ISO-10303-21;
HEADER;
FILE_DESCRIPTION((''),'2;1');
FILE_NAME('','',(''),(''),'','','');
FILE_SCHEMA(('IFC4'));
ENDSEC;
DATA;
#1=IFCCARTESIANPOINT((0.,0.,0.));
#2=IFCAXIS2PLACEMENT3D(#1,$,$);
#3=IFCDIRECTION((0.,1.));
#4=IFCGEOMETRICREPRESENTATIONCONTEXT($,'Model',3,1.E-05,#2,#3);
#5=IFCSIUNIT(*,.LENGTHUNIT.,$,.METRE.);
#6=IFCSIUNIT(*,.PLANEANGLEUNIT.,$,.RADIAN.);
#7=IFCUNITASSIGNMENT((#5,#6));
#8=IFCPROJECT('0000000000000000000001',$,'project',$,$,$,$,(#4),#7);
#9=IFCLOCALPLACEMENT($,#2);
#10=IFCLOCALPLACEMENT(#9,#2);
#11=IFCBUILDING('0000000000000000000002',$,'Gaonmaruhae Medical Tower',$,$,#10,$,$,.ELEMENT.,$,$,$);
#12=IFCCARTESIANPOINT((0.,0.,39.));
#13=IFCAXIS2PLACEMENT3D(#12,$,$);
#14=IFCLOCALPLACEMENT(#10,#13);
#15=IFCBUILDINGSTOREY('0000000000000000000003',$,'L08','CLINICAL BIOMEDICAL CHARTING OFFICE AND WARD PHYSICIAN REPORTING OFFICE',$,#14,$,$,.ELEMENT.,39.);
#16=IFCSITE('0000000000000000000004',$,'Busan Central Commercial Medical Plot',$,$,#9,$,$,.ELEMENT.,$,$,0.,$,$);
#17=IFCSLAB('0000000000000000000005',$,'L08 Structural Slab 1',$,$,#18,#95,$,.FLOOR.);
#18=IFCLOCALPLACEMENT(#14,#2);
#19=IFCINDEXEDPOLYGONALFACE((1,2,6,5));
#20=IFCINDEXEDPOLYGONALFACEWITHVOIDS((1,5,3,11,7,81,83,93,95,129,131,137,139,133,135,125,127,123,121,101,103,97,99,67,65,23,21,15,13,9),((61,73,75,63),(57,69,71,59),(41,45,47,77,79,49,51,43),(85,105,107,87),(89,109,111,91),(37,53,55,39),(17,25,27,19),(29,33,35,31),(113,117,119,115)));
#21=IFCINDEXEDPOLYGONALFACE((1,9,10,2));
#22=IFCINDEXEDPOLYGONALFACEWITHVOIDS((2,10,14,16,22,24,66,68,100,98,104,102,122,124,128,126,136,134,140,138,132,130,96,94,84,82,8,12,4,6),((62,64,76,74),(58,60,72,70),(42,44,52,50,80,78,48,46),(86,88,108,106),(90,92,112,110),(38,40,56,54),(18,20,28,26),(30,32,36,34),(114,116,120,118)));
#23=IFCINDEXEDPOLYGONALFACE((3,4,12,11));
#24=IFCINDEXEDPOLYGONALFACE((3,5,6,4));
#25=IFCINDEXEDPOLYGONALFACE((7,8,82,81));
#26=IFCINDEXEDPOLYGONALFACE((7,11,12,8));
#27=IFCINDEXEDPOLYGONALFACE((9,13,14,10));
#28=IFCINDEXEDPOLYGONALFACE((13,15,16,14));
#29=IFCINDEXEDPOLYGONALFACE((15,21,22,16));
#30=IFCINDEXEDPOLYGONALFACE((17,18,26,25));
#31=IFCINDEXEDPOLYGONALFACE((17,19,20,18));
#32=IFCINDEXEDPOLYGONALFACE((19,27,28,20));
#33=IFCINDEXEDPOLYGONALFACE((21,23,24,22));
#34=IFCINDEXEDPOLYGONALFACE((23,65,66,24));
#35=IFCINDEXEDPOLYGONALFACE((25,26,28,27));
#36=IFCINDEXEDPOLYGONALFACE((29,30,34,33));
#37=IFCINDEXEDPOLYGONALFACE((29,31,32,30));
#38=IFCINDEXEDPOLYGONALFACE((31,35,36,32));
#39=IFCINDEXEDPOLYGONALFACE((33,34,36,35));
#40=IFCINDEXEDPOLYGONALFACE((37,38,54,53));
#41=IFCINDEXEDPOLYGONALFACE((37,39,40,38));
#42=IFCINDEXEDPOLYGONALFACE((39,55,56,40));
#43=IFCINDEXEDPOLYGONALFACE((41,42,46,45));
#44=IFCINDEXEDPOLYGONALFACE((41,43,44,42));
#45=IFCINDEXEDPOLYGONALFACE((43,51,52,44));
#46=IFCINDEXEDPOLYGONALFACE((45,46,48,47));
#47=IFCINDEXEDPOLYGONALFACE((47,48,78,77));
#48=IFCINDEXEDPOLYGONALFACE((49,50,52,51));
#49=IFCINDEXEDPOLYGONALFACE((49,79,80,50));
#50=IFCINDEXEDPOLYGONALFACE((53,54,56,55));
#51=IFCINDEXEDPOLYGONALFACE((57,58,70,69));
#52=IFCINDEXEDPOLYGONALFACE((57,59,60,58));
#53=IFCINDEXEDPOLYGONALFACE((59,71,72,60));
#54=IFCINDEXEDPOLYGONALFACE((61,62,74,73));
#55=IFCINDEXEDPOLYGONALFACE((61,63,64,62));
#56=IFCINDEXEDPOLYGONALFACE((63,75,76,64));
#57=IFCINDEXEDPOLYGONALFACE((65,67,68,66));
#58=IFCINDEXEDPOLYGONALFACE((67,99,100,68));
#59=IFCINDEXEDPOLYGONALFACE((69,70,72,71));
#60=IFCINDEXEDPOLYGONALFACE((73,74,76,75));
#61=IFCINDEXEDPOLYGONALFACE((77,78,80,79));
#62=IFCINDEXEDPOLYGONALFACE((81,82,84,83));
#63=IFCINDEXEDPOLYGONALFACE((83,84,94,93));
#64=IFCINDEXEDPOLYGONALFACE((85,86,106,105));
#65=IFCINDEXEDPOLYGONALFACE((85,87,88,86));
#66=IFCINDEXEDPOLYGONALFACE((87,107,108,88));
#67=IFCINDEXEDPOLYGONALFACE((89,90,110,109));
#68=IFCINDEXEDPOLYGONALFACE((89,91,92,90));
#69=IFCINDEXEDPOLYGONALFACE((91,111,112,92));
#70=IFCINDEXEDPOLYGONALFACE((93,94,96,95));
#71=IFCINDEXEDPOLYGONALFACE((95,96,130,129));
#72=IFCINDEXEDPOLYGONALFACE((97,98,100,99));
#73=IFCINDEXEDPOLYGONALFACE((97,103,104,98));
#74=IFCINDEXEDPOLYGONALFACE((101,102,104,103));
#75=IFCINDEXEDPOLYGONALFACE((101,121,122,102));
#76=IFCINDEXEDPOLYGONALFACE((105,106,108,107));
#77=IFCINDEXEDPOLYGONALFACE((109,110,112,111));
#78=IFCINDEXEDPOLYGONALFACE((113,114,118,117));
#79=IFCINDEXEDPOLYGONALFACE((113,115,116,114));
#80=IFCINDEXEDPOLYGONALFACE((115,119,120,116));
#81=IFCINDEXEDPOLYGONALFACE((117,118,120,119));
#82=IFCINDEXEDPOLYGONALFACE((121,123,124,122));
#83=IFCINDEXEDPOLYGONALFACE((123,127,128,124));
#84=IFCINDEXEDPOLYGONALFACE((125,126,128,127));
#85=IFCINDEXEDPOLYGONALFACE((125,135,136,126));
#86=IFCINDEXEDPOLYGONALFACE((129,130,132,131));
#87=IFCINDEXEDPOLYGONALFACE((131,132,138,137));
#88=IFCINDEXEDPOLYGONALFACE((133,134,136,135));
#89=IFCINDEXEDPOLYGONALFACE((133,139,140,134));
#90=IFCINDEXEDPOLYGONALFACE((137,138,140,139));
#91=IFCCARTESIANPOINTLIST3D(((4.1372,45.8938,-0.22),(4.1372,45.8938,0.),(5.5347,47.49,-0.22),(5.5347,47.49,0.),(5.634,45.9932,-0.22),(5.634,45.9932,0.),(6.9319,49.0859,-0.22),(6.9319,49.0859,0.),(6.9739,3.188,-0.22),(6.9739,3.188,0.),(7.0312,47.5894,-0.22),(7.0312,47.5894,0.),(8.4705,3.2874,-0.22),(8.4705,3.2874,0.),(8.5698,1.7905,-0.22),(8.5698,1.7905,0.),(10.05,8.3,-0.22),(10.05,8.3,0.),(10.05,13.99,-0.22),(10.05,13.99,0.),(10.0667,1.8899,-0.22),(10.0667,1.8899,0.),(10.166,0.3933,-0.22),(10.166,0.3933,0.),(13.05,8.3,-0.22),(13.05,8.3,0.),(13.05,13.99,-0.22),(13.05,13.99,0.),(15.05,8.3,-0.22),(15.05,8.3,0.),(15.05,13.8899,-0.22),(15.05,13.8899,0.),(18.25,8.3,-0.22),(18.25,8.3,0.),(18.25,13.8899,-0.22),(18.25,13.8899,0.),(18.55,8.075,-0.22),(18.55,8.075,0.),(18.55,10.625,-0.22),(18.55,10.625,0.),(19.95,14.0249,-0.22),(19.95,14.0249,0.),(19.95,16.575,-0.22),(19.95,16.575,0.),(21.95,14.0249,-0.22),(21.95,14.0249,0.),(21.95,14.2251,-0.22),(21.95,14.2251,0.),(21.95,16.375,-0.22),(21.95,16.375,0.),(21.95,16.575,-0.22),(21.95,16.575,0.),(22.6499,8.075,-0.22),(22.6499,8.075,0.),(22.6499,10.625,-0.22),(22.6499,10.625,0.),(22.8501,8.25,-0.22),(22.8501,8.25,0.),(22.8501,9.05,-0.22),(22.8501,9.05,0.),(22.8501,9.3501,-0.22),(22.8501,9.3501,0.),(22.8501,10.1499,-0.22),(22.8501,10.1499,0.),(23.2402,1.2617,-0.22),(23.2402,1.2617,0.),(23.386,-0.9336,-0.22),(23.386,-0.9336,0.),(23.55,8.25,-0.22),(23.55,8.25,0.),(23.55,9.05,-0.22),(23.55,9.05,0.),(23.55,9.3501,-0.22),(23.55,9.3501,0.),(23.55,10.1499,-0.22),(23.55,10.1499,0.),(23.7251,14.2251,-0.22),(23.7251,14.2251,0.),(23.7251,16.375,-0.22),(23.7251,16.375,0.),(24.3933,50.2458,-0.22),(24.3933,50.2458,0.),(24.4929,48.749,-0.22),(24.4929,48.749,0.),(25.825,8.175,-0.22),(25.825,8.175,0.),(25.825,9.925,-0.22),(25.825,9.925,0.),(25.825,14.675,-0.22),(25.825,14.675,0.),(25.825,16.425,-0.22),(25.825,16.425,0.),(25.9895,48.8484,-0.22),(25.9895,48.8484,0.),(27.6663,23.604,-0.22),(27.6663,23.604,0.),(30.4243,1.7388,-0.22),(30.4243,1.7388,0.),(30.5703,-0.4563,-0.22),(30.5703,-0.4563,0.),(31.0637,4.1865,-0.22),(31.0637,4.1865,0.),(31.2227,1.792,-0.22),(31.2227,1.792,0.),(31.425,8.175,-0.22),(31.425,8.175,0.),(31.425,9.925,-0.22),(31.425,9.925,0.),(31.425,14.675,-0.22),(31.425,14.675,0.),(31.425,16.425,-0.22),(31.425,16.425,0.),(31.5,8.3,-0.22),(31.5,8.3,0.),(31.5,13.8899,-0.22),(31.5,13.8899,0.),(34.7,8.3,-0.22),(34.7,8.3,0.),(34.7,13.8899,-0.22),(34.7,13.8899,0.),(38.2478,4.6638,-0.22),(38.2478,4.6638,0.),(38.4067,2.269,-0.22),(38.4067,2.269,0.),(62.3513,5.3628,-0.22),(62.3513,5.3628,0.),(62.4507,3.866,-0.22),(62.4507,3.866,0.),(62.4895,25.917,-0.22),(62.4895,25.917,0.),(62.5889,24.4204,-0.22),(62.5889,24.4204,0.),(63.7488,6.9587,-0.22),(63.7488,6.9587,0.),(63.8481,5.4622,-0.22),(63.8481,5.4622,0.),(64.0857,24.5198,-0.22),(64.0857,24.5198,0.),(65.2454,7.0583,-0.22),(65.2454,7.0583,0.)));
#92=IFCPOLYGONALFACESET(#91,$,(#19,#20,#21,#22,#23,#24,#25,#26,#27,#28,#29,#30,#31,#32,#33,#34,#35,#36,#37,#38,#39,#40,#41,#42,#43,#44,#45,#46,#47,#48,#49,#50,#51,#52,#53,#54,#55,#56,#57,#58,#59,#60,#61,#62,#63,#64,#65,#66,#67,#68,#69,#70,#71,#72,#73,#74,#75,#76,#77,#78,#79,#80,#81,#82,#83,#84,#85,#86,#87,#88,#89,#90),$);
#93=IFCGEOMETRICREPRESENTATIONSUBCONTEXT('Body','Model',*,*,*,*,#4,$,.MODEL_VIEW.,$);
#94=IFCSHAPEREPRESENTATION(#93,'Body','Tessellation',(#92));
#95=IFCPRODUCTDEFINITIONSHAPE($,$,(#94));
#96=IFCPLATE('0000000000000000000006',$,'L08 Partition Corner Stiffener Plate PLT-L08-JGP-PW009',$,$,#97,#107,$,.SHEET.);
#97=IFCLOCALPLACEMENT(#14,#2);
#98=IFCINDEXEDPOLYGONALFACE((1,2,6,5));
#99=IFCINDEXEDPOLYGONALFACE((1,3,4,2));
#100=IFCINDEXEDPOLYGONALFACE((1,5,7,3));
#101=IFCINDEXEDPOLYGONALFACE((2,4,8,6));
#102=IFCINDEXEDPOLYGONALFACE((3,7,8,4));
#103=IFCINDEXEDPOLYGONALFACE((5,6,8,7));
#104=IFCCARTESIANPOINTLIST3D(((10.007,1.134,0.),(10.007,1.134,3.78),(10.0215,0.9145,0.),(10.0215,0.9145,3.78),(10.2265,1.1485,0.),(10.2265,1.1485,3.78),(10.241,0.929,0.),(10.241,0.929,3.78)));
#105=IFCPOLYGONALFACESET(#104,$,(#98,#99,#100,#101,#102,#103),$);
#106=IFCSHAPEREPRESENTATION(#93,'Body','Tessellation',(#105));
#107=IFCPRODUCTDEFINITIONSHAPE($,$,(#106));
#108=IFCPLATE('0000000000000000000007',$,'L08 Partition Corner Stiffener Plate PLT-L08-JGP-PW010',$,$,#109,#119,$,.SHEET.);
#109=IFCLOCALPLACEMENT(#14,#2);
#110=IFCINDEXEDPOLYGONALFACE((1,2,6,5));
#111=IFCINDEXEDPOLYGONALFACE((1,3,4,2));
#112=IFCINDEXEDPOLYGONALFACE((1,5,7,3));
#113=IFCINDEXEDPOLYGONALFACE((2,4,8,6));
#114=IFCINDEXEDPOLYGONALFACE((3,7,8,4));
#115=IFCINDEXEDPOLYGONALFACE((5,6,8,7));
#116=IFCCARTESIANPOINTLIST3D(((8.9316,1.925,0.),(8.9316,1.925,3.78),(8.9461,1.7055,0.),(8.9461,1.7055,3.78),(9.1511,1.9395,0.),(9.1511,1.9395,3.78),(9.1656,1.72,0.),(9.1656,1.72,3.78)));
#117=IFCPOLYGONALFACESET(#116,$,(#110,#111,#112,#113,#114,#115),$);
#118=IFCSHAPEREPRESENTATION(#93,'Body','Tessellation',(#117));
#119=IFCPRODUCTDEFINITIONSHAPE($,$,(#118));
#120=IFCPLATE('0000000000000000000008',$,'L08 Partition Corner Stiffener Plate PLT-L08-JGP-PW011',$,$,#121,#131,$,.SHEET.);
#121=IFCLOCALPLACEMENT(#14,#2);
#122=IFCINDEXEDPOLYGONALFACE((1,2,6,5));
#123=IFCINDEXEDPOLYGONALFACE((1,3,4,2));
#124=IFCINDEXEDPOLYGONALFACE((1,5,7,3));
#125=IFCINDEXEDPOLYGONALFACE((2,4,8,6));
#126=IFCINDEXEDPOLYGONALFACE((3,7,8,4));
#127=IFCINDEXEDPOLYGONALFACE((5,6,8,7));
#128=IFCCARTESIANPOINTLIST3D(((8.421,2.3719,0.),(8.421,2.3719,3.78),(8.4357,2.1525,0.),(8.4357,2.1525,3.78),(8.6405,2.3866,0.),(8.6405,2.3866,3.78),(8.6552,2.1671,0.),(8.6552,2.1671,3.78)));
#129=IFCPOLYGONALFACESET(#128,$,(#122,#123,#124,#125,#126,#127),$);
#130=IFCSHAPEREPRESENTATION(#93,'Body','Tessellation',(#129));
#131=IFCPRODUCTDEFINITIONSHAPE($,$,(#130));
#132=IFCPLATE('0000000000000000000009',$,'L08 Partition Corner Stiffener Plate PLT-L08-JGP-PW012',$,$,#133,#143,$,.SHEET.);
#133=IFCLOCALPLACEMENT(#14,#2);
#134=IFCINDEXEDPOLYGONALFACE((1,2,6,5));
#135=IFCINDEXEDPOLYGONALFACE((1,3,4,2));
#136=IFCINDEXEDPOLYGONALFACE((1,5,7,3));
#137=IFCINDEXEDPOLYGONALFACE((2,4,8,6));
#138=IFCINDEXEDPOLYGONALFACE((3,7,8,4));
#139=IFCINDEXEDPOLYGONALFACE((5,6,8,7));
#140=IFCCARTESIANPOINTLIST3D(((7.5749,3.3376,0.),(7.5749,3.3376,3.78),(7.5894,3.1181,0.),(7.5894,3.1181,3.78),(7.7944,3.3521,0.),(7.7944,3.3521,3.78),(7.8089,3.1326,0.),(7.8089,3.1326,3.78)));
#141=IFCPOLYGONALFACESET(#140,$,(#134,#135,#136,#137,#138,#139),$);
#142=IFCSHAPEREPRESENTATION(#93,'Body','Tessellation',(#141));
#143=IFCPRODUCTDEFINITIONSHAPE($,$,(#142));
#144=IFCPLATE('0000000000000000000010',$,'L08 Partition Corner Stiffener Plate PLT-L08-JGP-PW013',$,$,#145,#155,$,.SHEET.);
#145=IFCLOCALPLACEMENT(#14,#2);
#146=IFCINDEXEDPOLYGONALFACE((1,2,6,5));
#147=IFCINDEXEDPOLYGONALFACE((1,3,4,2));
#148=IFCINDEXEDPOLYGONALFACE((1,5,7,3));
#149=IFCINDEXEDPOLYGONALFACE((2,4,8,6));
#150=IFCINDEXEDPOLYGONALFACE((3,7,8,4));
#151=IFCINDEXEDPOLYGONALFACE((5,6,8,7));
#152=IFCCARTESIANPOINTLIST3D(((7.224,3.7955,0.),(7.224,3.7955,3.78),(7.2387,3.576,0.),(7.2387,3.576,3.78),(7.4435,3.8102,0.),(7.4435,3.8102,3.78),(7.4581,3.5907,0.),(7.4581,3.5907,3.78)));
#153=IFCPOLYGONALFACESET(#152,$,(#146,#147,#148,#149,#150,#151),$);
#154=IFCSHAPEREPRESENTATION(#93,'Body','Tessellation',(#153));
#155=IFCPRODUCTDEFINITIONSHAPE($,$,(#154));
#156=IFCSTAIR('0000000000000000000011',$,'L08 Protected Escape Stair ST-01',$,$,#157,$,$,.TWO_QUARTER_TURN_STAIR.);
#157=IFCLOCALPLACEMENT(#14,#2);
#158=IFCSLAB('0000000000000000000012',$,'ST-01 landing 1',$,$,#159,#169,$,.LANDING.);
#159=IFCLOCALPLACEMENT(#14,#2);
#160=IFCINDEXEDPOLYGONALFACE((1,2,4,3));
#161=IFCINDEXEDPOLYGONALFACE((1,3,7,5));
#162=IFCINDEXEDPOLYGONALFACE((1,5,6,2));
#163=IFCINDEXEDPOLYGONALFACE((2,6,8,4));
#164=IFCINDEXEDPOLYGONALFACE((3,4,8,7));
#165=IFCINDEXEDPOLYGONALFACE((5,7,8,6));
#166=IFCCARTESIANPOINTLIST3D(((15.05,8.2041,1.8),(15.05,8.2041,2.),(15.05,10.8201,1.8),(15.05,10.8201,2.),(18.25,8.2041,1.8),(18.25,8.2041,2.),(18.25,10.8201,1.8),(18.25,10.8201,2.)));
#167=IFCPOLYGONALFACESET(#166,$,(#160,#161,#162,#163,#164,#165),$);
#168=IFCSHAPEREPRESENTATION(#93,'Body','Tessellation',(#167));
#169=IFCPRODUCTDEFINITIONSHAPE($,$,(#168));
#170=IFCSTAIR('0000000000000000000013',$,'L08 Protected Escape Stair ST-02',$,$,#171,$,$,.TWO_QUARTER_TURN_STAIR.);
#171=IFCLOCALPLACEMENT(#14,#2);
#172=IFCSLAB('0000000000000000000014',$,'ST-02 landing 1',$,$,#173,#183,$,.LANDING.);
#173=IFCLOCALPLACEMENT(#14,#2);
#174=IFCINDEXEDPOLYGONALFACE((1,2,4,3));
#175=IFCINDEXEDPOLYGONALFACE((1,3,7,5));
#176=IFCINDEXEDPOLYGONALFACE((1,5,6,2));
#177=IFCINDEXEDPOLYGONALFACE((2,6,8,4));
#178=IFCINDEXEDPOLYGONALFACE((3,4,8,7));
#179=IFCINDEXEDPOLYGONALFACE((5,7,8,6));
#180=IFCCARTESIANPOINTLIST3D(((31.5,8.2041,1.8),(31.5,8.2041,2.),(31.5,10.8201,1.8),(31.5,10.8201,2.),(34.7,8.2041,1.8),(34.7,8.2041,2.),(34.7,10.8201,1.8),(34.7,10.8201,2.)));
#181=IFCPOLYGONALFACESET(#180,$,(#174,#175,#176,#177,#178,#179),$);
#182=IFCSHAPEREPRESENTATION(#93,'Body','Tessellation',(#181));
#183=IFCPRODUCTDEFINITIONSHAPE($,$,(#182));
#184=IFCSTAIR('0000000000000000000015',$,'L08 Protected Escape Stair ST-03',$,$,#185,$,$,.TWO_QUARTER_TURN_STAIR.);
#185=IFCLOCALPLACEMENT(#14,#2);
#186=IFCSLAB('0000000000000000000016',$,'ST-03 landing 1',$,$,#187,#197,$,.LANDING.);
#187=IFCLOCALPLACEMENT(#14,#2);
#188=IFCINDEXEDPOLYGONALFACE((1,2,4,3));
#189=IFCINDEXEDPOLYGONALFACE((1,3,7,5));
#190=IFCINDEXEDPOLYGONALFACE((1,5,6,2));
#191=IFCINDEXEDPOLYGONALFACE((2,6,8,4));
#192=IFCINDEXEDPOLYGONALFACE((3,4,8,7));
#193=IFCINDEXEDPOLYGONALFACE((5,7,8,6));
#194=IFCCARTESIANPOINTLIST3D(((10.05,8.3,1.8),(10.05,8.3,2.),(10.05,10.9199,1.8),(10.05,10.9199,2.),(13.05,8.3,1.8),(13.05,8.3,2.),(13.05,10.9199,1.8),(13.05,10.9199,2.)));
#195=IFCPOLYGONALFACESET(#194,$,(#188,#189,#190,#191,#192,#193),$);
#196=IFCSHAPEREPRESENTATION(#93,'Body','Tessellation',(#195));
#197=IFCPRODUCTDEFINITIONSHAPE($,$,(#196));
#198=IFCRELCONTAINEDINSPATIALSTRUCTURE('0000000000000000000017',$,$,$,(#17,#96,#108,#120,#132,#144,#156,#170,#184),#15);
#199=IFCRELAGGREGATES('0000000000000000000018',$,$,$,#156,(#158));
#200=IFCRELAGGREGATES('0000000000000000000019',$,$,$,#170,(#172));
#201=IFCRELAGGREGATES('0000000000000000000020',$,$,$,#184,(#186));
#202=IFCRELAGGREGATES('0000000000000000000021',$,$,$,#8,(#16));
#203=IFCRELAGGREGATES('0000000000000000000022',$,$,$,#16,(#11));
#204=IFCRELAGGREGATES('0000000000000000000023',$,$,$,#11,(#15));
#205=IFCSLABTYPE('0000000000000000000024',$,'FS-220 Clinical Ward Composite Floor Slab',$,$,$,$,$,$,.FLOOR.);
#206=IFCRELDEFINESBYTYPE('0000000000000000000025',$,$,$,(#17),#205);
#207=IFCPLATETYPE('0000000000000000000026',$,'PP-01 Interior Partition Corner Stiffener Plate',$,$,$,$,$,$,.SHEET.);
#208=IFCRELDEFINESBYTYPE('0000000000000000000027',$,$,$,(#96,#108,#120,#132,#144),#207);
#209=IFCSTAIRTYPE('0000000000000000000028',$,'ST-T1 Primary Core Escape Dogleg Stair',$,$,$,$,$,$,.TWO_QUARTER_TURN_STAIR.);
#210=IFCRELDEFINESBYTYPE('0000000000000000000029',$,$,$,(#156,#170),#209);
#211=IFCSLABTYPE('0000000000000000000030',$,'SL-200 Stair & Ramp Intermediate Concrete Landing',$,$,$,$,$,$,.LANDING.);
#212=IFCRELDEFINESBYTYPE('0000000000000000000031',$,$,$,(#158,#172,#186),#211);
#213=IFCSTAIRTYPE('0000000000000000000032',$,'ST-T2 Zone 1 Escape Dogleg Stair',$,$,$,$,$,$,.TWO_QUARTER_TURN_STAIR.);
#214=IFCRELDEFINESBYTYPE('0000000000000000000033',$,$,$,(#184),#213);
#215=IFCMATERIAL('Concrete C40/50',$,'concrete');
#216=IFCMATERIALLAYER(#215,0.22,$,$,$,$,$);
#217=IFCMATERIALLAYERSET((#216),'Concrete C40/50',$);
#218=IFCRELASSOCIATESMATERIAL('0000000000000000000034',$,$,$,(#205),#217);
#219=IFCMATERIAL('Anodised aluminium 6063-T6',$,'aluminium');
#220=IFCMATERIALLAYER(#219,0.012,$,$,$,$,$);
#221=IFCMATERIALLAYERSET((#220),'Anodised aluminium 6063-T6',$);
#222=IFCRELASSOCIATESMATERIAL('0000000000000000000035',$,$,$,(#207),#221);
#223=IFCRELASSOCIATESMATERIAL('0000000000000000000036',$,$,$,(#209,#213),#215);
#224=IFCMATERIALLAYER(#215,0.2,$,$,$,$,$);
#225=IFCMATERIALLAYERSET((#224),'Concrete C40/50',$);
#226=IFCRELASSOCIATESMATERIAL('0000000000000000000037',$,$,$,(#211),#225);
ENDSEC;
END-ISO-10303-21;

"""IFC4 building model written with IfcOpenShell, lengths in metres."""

from ifc_helpers import new_model, si_unit, direction, frame, origin, origin_2d, place, context, subcontext, project, spatial, polyline, rectangle, outline, extrude, material, layer, layer_set, type_object, element, aggregate, save


model = new_model("IFC4")

# Units and contexts
model_context = context("Model", 3, precision=1e-05, world=origin(), true_north=direction((0.0, 1.0)))
body_context = subcontext(model_context, "Body", "Model", "MODEL_VIEW")
ifc_project = project(units=[si_unit("LENGTHUNIT", "METRE"), si_unit("PLANEANGLEUNIT", "RADIAN")], contexts=[model_context])

# Site, building, storey
site_placement = place(None, origin())
site = spatial("IfcSite", under=ifc_project, at=site_placement, Name="Busan Central Commercial Medical Plot", CompositionType="ELEMENT", RefElevation=0.0)
building_placement = place(site_placement, origin())
building = spatial("IfcBuilding", under=site, at=building_placement, Name="Gaonmaruhae Medical Tower", CompositionType="ELEMENT")
storey_placement = place(building_placement, frame((0.0, 0.0, 39.0)))
storey = spatial("IfcBuildingStorey", under=building, at=storey_placement, Name="L08", Description="CLINICAL BIOMEDICAL CHARTING OFFICE AND WARD PHYSICIAN REPORTING OFFICE", CompositionType="ELEMENT", Elevation=39.0)

# Slab
ifc_material_1 = material(Name="Concrete C40/50", Category="concrete")
ifc_layer_1 = layer(ifc_material_1, 0.22)
ifc_layer_set_1 = layer_set([ifc_layer_1], Name="Concrete C40/50")
slab_type_1 = type_object("IfcSlabType", Name="FS-220 Clinical Ward Composite Floor Slab", PredefinedType="FLOOR", material=ifc_layer_set_1)
slab_1_placement = place(storey_placement, frame((0.0, 0.0, -0.22)))
element("IfcSlab", 1, at=slab_1_placement, inside=storey, type_object=slab_type_1, Name="L08 Structural Slab 1", PredefinedType="FLOOR", context=body_context, shape_type="SweptSolid", body=[
    extrude(outline(polyline([(10.0667, 1.8899), (8.5698, 1.7905), (8.4705, 3.2874), (6.9739, 3.188), (4.1372, 45.8938), (5.634, 45.9932), (5.5347, 47.49), (7.0312, 47.5894), (6.9319, 49.0859), (24.3933, 50.2458), (24.4929, 48.749), (25.9895, 48.8484), (27.6663, 23.604), (62.4895, 25.917), (62.5889, 24.4204), (64.0857, 24.5198), (65.2454, 7.0583), (63.7488, 6.9587), (63.8481, 5.4622), (62.3513, 5.3628), (62.4507, 3.866), (38.4067, 2.269), (38.2478, 4.6638), (31.0637, 4.1865), (31.2227, 1.792), (30.4243, 1.7388), (30.5703, -0.4563), (23.386, -0.9336), (23.2402, 1.2617), (10.166, 0.3933), (10.0667, 1.8899)]), holes=[polyline([(23.55, 8.25), (22.8501, 8.25), (22.8501, 9.05), (23.55, 9.05), (23.55, 8.25)]), polyline([(25.825, 9.925), (31.425, 9.925), (31.425, 8.175), (25.825, 8.175), (25.825, 9.925)]), polyline([(22.6499, 10.625), (22.6499, 8.075), (18.55, 8.075), (18.55, 10.625), (22.6499, 10.625)]), polyline([(23.55, 9.3501), (22.8501, 9.3501), (22.8501, 10.1499), (23.55, 10.1499), (23.55, 9.3501)]), polyline([(15.05, 13.8899), (18.25, 13.8899), (18.25, 8.3), (15.05, 8.3), (15.05, 13.8899)]), polyline([(31.5, 13.8899), (34.7, 13.8899), (34.7, 8.3), (31.5, 8.3), (31.5, 13.8899)]), polyline([(10.05, 13.99), (13.05, 13.99), (13.05, 8.3), (10.05, 8.3), (10.05, 13.99)]), polyline([(21.95, 14.0249), (19.95, 14.0249), (19.95, 16.575), (21.95, 16.575), (21.95, 16.375), (23.7251, 16.375), (23.7251, 14.2251), (21.95, 14.2251), (21.95, 14.0249)]), polyline([(31.425, 16.425), (31.425, 14.675), (25.825, 14.675), (25.825, 16.425), (31.425, 16.425)])]), origin(), (0.0, 0.0, 1.0), 0.22),
])

# Plates
ifc_material_2 = material(Name="Anodised aluminium 6063-T6", Category="aluminium")
ifc_layer_2 = layer(ifc_material_2, 0.012)
ifc_layer_set_2 = layer_set([ifc_layer_2], Name="Anodised aluminium 6063-T6")
plate_type = type_object("IfcPlateType", Name="PP-01 Interior Partition Corner Stiffener Plate", PredefinedType="SHEET", material=ifc_layer_set_2)
for number, where, z_axis, x_axis, name in (
    (2, (10.124, 1.0315, 0.0), (0.0, 0.0, 1.0), (-0.065786, 0.997834, 0.0), "L08 Partition Corner Stiffener Plate PLT-L08-JGP-PW009"),
    (3, (9.0486, 1.8225, 0.0), (0.0, 0.0, 1.0), (-0.997841, -0.065682, 0.0), "L08 Partition Corner Stiffener Plate PLT-L08-JGP-PW010"),
    (4, (8.5381, 2.2695, 0.0), (0.0, 0.0, 1.0), (-0.066727, 0.997771, 0.0), "L08 Partition Corner Stiffener Plate PLT-L08-JGP-PW011"),
    (5, (7.6919, 3.2351, 0.0), (0.0, 0.0, 1.0), (-0.997841, -0.065682, 0.0), "L08 Partition Corner Stiffener Plate PLT-L08-JGP-PW012"),
    (6, (7.3411, 3.6931, 0.0), (0.0, 0.0, 1.0), (-0.066657, 0.997776, 0.0), "L08 Partition Corner Stiffener Plate PLT-L08-JGP-PW013"),
):
    element("IfcPlate", number, at=place(storey_placement, frame(where, z_axis=z_axis, x_axis=x_axis)), inside=storey, type_object=plate_type, Name=name, PredefinedType="SHEET", context=body_context, shape_type="SweptSolid", body=[
        extrude(rectangle(XDim=0.22, YDim=0.22, at=origin_2d()), origin(), (0.0, 0.0, 1.0), 3.78),
    ])

# Stairs, slabs
stair_type_1 = type_object("IfcStairType", Name="ST-T1 Primary Core Escape Dogleg Stair", PredefinedType="TWO_QUARTER_TURN_STAIR", material=ifc_material_1)
stair_1_placement = place(storey_placement, origin())
stair_1 = element("IfcStair", 7, at=stair_1_placement, inside=storey, type_object=stair_type_1, Name="L08 Protected Escape Stair ST-01", PredefinedType="TWO_QUARTER_TURN_STAIR")
ifc_layer_3 = layer(ifc_material_1, 0.2)
ifc_layer_set_3 = layer_set([ifc_layer_3], Name="Concrete C40/50")
slab_type_2 = type_object("IfcSlabType", Name="SL-200 Stair & Ramp Intermediate Concrete Landing", PredefinedType="LANDING", material=ifc_layer_set_3)
slab_2_placement = place(storey_placement, frame((0.0, 0.0, 1.8)))
slab_2 = element("IfcSlab", 8, at=slab_2_placement, type_object=slab_type_2, Name="ST-01 landing 1", PredefinedType="LANDING", context=body_context, shape_type="SweptSolid", body=[
    extrude(outline(polyline([(15.05, 10.8201), (15.05, 8.2041), (18.25, 8.2041), (18.25, 10.8201), (15.05, 10.8201)])), origin(), (0.0, 0.0, 1.0), 0.2),
])
aggregate(stair_1, [slab_2])
stair_2_placement = place(storey_placement, origin())
stair_2 = element("IfcStair", 9, at=stair_2_placement, inside=storey, type_object=stair_type_1, Name="L08 Protected Escape Stair ST-02", PredefinedType="TWO_QUARTER_TURN_STAIR")
slab_3_placement = place(storey_placement, frame((0.0, 0.0, 1.8)))
slab_3 = element("IfcSlab", 10, at=slab_3_placement, type_object=slab_type_2, Name="ST-02 landing 1", PredefinedType="LANDING", context=body_context, shape_type="SweptSolid", body=[
    extrude(outline(polyline([(31.5, 10.8201), (31.5, 8.2041), (34.7, 8.2041), (34.7, 10.8201), (31.5, 10.8201)])), origin(), (0.0, 0.0, 1.0), 0.2),
])
aggregate(stair_2, [slab_3])
stair_type_2 = type_object("IfcStairType", Name="ST-T2 Zone 1 Escape Dogleg Stair", PredefinedType="TWO_QUARTER_TURN_STAIR", material=ifc_material_1)
stair_3_placement = place(storey_placement, origin())
stair_3 = element("IfcStair", 11, at=stair_3_placement, inside=storey, type_object=stair_type_2, Name="L08 Protected Escape Stair ST-03", PredefinedType="TWO_QUARTER_TURN_STAIR")
slab_4_placement = place(storey_placement, frame((0.0, 0.0, 1.8)))
slab_4 = element("IfcSlab", 12, at=slab_4_placement, type_object=slab_type_2, Name="ST-03 landing 1", PredefinedType="LANDING", context=body_context, shape_type="SweptSolid", body=[
    extrude(outline(polyline([(10.05, 10.9199), (10.05, 8.3), (13.05, 8.3), (13.05, 10.9199), (10.05, 10.9199)])), origin(), (0.0, 0.0, 1.0), 0.2),
])
aggregate(stair_3, [slab_4])

save(model, "model.ifc")
